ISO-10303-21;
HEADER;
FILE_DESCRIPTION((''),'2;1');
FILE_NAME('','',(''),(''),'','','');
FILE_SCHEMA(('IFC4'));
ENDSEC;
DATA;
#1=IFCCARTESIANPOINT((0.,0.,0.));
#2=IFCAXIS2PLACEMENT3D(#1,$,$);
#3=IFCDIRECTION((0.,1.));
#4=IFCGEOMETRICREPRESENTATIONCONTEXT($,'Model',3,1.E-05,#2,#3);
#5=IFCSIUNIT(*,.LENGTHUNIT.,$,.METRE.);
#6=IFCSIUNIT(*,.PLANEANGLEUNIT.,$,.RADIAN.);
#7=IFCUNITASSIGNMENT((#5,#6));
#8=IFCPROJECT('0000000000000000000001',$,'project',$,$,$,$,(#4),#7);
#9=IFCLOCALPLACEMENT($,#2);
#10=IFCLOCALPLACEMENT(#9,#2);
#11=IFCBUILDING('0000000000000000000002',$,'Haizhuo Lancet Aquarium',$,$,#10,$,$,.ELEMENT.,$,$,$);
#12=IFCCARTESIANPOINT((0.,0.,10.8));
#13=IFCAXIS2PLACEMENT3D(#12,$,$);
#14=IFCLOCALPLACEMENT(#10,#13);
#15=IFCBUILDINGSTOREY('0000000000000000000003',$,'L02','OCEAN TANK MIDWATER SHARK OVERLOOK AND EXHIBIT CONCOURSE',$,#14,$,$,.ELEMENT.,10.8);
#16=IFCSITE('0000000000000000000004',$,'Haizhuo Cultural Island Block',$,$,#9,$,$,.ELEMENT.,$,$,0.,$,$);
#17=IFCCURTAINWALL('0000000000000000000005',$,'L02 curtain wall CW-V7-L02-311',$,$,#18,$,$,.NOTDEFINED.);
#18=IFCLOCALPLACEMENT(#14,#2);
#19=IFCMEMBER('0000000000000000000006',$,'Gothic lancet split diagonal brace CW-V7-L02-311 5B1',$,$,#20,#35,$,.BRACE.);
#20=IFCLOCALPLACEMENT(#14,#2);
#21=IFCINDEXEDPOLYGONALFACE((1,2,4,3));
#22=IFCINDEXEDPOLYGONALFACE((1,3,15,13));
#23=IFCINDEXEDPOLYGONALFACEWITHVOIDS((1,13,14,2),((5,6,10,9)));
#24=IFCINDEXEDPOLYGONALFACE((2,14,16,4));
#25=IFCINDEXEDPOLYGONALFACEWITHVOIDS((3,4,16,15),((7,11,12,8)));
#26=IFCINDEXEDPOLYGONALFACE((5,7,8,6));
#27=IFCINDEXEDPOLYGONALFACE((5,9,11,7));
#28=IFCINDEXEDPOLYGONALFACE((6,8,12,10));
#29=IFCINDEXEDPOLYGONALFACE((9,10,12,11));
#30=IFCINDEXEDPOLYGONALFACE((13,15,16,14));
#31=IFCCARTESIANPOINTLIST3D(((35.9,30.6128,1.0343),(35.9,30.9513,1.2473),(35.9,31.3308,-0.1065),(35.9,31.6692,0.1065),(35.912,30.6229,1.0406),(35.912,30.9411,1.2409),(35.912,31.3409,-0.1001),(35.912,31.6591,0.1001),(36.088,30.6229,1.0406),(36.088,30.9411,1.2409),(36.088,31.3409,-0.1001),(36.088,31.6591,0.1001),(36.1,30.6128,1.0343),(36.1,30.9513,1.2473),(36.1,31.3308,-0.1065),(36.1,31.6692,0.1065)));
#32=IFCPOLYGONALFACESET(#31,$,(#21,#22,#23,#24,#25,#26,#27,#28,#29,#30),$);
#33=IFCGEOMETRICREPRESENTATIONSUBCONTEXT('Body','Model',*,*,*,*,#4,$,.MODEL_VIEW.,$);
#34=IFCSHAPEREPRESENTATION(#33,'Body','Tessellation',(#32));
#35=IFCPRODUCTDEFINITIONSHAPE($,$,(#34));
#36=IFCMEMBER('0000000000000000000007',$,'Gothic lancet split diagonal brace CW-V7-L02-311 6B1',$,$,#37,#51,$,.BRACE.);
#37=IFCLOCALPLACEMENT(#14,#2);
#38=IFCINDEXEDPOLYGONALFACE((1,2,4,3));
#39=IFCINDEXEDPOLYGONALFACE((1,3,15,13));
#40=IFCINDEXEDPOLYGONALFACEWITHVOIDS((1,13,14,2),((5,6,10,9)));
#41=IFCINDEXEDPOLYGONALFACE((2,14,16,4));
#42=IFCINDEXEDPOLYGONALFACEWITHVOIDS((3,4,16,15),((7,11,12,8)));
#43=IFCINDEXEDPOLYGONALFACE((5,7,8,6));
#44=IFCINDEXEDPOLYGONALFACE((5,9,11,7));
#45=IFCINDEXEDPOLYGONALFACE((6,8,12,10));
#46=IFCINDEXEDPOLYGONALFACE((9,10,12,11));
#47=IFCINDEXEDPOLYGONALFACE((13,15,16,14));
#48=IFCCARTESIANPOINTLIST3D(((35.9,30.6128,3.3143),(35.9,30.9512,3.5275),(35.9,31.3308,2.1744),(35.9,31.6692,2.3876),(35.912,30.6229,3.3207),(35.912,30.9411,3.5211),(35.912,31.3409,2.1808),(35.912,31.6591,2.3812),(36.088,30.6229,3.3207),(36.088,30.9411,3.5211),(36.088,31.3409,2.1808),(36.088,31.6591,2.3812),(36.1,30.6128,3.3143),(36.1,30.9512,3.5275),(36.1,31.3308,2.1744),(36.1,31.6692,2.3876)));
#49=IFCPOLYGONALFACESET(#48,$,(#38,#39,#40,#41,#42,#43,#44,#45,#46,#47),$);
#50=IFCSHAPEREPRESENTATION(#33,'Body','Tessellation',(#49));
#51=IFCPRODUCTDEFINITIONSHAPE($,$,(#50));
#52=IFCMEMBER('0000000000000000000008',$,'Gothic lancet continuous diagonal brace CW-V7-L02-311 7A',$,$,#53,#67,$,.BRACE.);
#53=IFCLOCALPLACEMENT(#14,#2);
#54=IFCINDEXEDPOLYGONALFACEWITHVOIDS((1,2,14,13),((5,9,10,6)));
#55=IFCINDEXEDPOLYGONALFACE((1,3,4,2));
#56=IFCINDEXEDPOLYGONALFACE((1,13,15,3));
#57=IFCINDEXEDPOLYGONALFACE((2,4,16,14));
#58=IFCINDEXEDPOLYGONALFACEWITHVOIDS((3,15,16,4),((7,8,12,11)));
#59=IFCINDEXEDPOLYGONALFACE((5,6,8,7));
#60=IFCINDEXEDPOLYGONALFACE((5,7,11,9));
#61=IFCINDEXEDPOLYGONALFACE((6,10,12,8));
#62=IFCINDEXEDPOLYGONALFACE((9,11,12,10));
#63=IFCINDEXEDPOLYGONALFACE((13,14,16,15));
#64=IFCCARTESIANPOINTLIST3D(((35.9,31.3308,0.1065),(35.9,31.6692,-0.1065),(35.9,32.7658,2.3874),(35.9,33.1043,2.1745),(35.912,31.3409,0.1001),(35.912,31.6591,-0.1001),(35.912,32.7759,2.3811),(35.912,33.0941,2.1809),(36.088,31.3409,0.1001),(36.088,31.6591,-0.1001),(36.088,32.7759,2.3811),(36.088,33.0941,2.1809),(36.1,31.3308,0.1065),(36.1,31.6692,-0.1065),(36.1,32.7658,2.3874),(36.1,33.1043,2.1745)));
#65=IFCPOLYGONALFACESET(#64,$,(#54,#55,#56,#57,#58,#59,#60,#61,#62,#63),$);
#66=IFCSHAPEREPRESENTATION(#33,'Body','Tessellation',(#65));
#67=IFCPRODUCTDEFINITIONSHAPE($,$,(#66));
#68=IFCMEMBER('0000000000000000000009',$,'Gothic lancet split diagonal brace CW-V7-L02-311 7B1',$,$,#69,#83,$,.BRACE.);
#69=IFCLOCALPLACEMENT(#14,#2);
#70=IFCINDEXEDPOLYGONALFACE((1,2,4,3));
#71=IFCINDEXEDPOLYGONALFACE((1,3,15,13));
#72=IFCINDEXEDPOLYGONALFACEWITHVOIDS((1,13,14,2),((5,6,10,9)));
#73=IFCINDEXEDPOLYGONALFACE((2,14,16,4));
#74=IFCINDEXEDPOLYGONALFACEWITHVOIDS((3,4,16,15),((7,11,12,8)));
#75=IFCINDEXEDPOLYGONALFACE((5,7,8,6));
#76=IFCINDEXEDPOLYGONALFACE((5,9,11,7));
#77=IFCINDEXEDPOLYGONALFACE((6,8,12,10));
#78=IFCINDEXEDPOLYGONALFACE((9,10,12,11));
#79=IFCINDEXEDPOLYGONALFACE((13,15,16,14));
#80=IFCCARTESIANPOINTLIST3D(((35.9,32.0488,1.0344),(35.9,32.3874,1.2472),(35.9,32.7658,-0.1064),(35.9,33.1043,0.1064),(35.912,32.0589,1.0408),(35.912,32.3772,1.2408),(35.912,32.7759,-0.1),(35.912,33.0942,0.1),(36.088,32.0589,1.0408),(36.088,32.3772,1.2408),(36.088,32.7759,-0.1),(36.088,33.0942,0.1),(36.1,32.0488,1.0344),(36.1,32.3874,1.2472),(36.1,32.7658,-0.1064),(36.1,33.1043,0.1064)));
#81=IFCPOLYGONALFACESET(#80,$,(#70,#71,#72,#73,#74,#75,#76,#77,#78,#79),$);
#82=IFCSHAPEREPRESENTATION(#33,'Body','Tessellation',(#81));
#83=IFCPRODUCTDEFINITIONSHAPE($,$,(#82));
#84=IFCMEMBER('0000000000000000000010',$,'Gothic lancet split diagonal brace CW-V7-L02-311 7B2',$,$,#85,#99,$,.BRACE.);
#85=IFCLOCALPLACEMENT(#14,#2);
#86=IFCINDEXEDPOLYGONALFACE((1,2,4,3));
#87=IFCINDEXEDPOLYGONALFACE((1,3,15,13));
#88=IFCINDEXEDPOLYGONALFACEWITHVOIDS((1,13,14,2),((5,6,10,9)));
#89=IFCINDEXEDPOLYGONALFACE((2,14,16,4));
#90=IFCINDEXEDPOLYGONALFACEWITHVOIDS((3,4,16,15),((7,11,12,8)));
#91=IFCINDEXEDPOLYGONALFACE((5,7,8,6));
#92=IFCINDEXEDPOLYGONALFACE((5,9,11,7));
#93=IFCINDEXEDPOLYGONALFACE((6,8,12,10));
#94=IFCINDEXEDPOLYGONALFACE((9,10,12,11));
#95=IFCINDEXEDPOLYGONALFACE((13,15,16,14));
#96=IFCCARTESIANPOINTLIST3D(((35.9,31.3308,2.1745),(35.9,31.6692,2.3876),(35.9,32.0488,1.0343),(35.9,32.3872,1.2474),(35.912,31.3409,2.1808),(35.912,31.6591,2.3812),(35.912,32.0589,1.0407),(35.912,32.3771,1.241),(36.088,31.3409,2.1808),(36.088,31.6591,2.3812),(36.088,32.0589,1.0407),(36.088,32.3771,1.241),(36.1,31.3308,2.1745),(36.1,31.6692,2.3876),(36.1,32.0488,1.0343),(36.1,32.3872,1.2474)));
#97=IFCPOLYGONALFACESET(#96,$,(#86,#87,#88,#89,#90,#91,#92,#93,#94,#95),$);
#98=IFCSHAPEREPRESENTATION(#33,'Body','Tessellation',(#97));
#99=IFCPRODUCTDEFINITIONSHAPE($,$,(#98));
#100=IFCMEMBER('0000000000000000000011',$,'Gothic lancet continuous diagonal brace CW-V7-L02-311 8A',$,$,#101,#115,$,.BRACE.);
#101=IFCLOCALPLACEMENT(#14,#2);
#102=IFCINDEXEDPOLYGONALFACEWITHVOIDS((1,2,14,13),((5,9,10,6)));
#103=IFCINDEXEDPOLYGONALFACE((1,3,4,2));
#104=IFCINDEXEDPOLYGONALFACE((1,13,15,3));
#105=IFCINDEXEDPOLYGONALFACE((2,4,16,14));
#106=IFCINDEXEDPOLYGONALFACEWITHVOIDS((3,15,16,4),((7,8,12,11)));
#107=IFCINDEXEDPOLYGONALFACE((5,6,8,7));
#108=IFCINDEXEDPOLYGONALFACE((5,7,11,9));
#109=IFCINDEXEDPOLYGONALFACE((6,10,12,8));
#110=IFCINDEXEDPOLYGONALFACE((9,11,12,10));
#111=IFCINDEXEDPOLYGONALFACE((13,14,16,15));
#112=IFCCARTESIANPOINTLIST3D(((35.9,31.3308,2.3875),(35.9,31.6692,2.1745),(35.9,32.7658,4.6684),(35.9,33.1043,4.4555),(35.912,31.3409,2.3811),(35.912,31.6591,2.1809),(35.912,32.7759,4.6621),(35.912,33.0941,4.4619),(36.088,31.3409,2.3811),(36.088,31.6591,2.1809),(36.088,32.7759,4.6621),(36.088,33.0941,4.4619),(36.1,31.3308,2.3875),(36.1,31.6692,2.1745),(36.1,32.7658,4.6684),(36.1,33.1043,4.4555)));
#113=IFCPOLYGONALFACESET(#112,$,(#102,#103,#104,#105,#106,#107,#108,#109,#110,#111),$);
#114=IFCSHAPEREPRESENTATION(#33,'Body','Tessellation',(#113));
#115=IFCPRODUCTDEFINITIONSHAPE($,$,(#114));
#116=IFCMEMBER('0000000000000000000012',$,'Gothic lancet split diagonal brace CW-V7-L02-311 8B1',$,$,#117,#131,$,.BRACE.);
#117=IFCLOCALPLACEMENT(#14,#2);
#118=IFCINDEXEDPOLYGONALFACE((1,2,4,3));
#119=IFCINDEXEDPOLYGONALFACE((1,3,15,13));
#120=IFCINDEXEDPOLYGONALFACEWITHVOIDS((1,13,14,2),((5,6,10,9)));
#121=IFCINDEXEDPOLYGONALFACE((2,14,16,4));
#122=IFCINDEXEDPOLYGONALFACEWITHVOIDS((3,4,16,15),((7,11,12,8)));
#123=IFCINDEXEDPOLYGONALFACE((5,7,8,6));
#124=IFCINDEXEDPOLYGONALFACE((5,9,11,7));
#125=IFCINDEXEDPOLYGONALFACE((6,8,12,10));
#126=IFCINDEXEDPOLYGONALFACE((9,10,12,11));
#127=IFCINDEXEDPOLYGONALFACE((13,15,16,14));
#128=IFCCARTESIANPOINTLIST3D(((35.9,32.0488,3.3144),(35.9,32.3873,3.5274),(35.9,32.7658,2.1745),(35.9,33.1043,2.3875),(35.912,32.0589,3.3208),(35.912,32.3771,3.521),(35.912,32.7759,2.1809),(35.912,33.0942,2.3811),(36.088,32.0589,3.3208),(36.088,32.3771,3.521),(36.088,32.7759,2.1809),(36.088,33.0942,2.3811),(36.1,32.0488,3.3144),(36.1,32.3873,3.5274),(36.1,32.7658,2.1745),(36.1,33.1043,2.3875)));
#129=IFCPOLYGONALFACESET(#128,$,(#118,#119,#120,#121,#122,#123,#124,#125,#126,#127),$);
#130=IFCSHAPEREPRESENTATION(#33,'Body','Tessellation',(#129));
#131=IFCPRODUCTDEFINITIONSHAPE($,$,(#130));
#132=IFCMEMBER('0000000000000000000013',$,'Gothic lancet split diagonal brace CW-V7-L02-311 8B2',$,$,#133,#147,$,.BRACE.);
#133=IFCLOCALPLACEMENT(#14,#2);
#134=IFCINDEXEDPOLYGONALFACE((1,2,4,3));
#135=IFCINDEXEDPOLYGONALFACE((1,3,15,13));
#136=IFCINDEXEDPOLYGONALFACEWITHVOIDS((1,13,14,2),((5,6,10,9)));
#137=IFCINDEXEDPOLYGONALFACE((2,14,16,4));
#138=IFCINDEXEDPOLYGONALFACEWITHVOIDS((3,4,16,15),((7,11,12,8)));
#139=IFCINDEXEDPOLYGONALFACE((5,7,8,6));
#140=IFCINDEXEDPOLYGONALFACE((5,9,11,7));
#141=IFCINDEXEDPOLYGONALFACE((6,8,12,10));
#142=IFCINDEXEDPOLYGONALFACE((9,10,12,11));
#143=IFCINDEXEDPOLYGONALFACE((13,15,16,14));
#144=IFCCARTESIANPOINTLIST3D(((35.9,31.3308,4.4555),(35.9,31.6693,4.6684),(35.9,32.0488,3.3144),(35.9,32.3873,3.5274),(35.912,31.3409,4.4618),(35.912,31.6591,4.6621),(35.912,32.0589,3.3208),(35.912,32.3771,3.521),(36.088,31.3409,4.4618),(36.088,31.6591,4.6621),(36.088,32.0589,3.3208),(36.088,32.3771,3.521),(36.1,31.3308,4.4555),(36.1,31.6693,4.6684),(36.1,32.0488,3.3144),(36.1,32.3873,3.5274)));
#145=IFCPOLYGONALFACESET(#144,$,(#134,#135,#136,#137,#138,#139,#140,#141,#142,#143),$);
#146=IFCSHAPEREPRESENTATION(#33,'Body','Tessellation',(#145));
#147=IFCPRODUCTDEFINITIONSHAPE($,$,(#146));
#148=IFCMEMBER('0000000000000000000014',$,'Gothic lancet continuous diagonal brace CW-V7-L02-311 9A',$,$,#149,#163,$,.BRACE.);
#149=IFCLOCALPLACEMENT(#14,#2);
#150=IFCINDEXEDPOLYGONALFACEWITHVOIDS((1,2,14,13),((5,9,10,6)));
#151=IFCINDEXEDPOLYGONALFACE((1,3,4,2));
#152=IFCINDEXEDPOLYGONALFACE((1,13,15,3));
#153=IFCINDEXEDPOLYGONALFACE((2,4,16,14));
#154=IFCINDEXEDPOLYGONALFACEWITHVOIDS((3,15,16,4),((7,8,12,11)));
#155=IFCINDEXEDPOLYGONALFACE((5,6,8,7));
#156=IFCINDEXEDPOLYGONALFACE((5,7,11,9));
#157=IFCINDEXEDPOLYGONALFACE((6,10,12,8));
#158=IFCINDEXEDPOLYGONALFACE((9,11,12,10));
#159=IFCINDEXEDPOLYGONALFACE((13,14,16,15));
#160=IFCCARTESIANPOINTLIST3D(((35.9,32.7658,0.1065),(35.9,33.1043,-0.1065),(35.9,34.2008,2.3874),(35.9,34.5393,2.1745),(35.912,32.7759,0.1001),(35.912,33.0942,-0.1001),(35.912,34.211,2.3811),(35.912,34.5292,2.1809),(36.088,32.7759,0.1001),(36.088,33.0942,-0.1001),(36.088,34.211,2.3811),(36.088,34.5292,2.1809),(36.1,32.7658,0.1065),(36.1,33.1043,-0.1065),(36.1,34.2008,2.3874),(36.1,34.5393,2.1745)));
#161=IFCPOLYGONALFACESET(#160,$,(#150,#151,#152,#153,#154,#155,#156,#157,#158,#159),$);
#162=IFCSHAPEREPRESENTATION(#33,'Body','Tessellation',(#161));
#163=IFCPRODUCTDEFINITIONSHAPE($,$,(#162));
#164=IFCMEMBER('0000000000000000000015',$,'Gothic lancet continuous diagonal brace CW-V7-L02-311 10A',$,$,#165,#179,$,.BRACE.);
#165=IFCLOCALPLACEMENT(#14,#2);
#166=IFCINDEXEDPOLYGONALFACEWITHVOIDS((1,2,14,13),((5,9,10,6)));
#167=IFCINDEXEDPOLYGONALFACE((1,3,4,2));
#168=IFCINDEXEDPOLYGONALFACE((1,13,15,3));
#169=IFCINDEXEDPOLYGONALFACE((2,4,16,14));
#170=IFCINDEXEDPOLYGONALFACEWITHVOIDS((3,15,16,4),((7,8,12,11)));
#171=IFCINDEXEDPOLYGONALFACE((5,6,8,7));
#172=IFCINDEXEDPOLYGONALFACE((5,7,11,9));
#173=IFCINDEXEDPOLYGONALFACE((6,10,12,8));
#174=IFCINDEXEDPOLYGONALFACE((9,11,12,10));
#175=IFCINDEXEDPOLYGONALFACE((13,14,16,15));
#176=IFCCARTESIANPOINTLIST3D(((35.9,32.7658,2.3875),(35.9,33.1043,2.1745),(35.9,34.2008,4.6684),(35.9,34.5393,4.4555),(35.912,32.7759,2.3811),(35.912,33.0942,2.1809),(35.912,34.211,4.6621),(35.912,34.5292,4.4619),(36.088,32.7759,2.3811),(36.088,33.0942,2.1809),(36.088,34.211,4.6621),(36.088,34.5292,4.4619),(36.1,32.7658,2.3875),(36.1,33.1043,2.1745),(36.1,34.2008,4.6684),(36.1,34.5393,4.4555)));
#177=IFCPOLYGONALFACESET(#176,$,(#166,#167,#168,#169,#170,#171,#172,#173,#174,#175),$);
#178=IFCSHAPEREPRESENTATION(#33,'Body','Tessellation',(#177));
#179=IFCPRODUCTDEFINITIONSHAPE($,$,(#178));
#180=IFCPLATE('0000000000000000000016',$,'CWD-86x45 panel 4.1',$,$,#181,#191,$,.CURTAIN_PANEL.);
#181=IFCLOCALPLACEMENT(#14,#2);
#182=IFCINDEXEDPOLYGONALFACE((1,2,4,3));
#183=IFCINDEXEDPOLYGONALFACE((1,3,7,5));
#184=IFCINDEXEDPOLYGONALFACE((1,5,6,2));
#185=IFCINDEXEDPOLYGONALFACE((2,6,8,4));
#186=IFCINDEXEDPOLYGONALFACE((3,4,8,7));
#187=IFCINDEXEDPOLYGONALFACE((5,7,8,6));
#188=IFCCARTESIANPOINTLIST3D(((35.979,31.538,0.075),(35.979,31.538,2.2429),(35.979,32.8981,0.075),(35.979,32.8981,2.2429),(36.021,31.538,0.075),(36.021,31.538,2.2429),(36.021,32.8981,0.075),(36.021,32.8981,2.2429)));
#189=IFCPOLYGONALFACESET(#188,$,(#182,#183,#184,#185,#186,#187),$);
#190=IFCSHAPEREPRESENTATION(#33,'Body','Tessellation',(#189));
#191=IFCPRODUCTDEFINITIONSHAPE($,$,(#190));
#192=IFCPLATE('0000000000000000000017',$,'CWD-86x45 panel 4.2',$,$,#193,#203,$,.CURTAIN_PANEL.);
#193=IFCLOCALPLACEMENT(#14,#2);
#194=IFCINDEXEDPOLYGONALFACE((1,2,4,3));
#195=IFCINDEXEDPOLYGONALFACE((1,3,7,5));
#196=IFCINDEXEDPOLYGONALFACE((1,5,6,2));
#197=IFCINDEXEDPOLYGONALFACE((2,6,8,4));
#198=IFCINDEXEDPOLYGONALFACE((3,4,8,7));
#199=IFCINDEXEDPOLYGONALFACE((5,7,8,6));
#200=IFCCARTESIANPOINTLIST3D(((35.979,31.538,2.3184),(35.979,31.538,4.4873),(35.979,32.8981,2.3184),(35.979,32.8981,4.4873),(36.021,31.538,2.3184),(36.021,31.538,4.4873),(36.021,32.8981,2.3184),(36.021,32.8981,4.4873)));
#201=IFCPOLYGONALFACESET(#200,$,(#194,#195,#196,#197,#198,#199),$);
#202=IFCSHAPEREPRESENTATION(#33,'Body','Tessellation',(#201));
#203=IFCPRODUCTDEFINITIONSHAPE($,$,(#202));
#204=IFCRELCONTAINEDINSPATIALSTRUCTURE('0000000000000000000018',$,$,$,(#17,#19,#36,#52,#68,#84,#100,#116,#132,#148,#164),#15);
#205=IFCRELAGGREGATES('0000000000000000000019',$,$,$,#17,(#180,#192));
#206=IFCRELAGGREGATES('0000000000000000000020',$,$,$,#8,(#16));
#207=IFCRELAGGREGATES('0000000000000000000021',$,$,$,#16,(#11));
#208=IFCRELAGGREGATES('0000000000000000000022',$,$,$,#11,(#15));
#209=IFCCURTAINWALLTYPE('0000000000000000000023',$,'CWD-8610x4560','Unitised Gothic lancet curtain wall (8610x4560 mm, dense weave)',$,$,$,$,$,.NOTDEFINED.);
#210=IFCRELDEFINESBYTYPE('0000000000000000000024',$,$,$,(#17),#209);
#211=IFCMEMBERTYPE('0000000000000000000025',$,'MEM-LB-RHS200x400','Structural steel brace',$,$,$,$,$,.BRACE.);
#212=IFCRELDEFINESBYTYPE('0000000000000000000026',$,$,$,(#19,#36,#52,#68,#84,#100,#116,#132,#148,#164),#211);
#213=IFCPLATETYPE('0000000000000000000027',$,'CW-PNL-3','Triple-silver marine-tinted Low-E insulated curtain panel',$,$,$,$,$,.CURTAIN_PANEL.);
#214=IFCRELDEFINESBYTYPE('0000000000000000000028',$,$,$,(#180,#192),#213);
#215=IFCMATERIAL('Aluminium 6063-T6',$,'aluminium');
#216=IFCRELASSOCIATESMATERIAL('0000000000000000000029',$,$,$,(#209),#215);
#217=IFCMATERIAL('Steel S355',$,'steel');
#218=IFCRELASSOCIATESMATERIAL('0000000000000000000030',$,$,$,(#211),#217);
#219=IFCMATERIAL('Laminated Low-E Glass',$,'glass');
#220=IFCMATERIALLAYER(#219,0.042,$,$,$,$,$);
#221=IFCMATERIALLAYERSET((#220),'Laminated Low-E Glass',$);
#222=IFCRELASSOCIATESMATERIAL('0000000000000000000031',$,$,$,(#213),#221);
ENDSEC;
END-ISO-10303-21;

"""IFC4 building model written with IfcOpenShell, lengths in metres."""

from ifc_helpers import new_model, si_unit, direction, frame, origin, origin_2d, place, context, subcontext, project, spatial, rectangle, hollow_rectangle, extrude, material, layer, layer_set, material_profile, profile_set, type_object, element, aggregate, save


model = new_model("IFC4")

# Units and contexts
model_context = context("Model", 3, precision=1e-05, world=origin(), true_north=direction((0.0, 1.0)))
body_context = subcontext(model_context, "Body", "Model", "MODEL_VIEW")
ifc_project = project(units=[si_unit("LENGTHUNIT", "METRE"), si_unit("PLANEANGLEUNIT", "RADIAN")], contexts=[model_context])

# Site, building, storey
site_placement = place(None, origin())
site = spatial("IfcSite", under=ifc_project, at=site_placement, Name="Haizhuo Cultural Island Block", CompositionType="ELEMENT", RefElevation=0.0)
building_placement = place(site_placement, origin())
building = spatial("IfcBuilding", under=site, at=building_placement, Name="Haizhuo Lancet Aquarium", CompositionType="ELEMENT")
storey_placement = place(building_placement, frame((0.0, 0.0, 10.8)))
storey = spatial("IfcBuildingStorey", under=building, at=storey_placement, Name="L02", Description="OCEAN TANK MIDWATER SHARK OVERLOOK AND EXHIBIT CONCOURSE", CompositionType="ELEMENT", Elevation=10.8)

# Curtain wall
ifc_material_1 = material(Name="Aluminium 6063-T6", Category="aluminium")
curtain_wall_type = type_object("IfcCurtainWallType", Name="CWD-8610x4560", Description="Unitised Gothic lancet curtain wall (8610x4560 mm, dense weave)", PredefinedType="NOTDEFINED", material=ifc_material_1)
curtain_wall_placement = place(storey_placement, origin())
curtain_wall = element("IfcCurtainWall", 1, at=curtain_wall_placement, inside=storey, type_object=curtain_wall_type, Name="L02 curtain wall CW-V7-L02-311", PredefinedType="NOTDEFINED")

# Shared definitions
ifc_material_2 = material(Name="Steel S355", Category="steel")

# Members
ifc_material_profile_1 = material_profile(ifc_material_2, hollow_rectangle(XDim=0.2, YDim=0.3999, WallThickness=0.012, at=origin_2d()), Name="RHS 200x400x12")
ifc_profile_set_1 = profile_set([ifc_material_profile_1], Name="Steel S355")
member_type_1 = type_object("IfcMemberType", Name="MEM-LB-RHS200x400", Description="Structural steel brace", PredefinedType="BRACE", material=ifc_profile_set_1)
member_1_placement = place(storey_placement, frame((36.0, 31.5, 0.0), z_axis=(0.0, -0.53265, 0.846336), x_axis=(1.0, 0.0, 0.0)))
element("IfcMember", 2, at=member_1_placement, inside=storey, type_object=member_type_1, Name="Gothic lancet split diagonal brace CW-V7-L02-311 5B1", PredefinedType="BRACE", context=body_context, shape_type="SweptSolid", body=[
    extrude(hollow_rectangle(XDim=0.2, YDim=0.3999, WallThickness=0.012, at=origin_2d()), origin(), (0.0, 0.0, 1.0), 1.3479),
])
member_2_placement = place(storey_placement, frame((36.0, 31.5, 2.281), z_axis=(0.0, -0.532977, 0.84613), x_axis=(1.0, 0.0, 0.0)))
element("IfcMember", 3, at=member_2_placement, inside=storey, type_object=member_type_1, Name="Gothic lancet split diagonal brace CW-V7-L02-311 6B1", PredefinedType="BRACE", context=body_context, shape_type="SweptSolid", body=[
    extrude(hollow_rectangle(XDim=0.2, YDim=0.3999, WallThickness=0.012, at=origin_2d()), origin(), (0.0, 0.0, 1.0), 1.3472),
])
member_3_placement = place(storey_placement, frame((36.0, 31.5, 0.0), z_axis=(0.0, 0.532513, 0.846422), x_axis=(-1.0, 0.0, 0.0)))
element("IfcMember", 4, at=member_3_placement, inside=storey, type_object=member_type_1, Name="Gothic lancet continuous diagonal brace CW-V7-L02-311 7A", PredefinedType="BRACE", context=body_context, shape_type="SweptSolid", body=[
    extrude(hollow_rectangle(XDim=0.2, YDim=0.3999, WallThickness=0.012, at=origin_2d()), origin(), (0.0, 0.0, 1.0), 2.6948),
])
for number, where, z_axis, x_axis, name in (
    (5, (36.0, 32.9351, 0.0), (0.0, -0.532131, 0.846662), (1.0, 0.0, 0.0), "Gothic lancet split diagonal brace CW-V7-L02-311 7B1"),
    (6, (36.0, 32.218, 1.1409), (0.0, -0.532895, 0.846181), (1.0, 0.0, 0.0), "Gothic lancet split diagonal brace CW-V7-L02-311 7B2"),
):
    element("IfcMember", number, at=place(storey_placement, frame(where, z_axis=z_axis, x_axis=x_axis)), inside=storey, type_object=member_type_1, Name=name, PredefinedType="BRACE", context=body_context, shape_type="SweptSolid", body=[
        extrude(hollow_rectangle(XDim=0.2, YDim=0.3999, WallThickness=0.012, at=origin_2d()), origin(), (0.0, 0.0, 1.0), 1.3474),
    ])
member_4_placement = place(storey_placement, frame((36.0, 31.5, 2.281), z_axis=(0.0, 0.532513, 0.846422), x_axis=(-1.0, 0.0, 0.0)))
element("IfcMember", 7, at=member_4_placement, inside=storey, type_object=member_type_1, Name="Gothic lancet continuous diagonal brace CW-V7-L02-311 8A", PredefinedType="BRACE", context=body_context, shape_type="SweptSolid", body=[
    extrude(hollow_rectangle(XDim=0.2, YDim=0.3999, WallThickness=0.012, at=origin_2d()), origin(), (0.0, 0.0, 1.0), 2.6948),
])
member_5_placement = place(storey_placement, frame((36.0, 32.9351, 2.281), z_axis=(0.0, -0.532457, 0.846457), x_axis=(1.0, 0.0, 0.0)))
element("IfcMember", 8, at=member_5_placement, inside=storey, type_object=member_type_1, Name="Gothic lancet split diagonal brace CW-V7-L02-311 8B1", PredefinedType="BRACE", context=body_context, shape_type="SweptSolid", body=[
    extrude(hollow_rectangle(XDim=0.2, YDim=0.3999, WallThickness=0.012, at=origin_2d()), origin(), (0.0, 0.0, 1.0), 1.3467),
])
member_6_placement = place(storey_placement, frame((36.0, 32.218, 3.4209), z_axis=(0.0, -0.532568, 0.846387), x_axis=(1.0, 0.0, 0.0)))
element("IfcMember", 9, at=member_6_placement, inside=storey, type_object=member_type_1, Name="Gothic lancet split diagonal brace CW-V7-L02-311 8B2", PredefinedType="BRACE", context=body_context, shape_type="SweptSolid", body=[
    extrude(hollow_rectangle(XDim=0.2, YDim=0.3999, WallThickness=0.012, at=origin_2d()), origin(), (0.0, 0.0, 1.0), 1.3481),
])
for number, where, z_axis, x_axis, name in (
    (10, (36.0, 32.9351, 0.0), (0.0, 0.532513, 0.846422), (-1.0, 0.0, 0.0), "Gothic lancet continuous diagonal brace CW-V7-L02-311 9A"),
    (11, (36.0, 32.9351, 2.281), (0.0, 0.532513, 0.846422), (-1.0, 0.0, 0.0), "Gothic lancet continuous diagonal brace CW-V7-L02-311 10A"),
):
    element("IfcMember", number, at=place(storey_placement, frame(where, z_axis=z_axis, x_axis=x_axis)), inside=storey, type_object=member_type_1, Name=name, PredefinedType="BRACE", context=body_context, shape_type="SweptSolid", body=[
        extrude(hollow_rectangle(XDim=0.2, YDim=0.3999, WallThickness=0.012, at=origin_2d()), origin(), (0.0, 0.0, 1.0), 2.6948),
    ])

# Plates
ifc_material_3 = material(Name="Laminated Low-E Glass", Category="glass")
ifc_layer = layer(ifc_material_3, 0.042)
ifc_layer_set = layer_set([ifc_layer], Name="Laminated Low-E Glass")
plate_type = type_object("IfcPlateType", Name="CW-PNL-3", Description="Triple-silver marine-tinted Low-E insulated curtain panel", PredefinedType="CURTAIN_PANEL", material=ifc_layer_set)
plate_1_placement = place(storey_placement, frame((36.0, 32.218, 0.075), z_axis=(0.0, 0.0, 1.0), x_axis=(0.0, 1.0, 0.0)))
plate_1 = element("IfcPlate", 12, at=plate_1_placement, type_object=plate_type, Name="CWD-86x45 panel 4.1", PredefinedType="CURTAIN_PANEL", context=body_context, shape_type="SweptSolid", body=[
    extrude(rectangle(XDim=1.3601, YDim=0.042, at=origin_2d()), origin(), (0.0, 0.0, 1.0), 2.168),
])
plate_2_placement = place(storey_placement, frame((36.0, 32.218, 2.3184), z_axis=(0.0, 0.0, 1.0), x_axis=(0.0, 1.0, 0.0)))
plate_2 = element("IfcPlate", 13, at=plate_2_placement, type_object=plate_type, Name="CWD-86x45 panel 4.2", PredefinedType="CURTAIN_PANEL", context=body_context, shape_type="SweptSolid", body=[
    extrude(rectangle(XDim=1.3601, YDim=0.042, at=origin_2d()), origin(), (0.0, 0.0, 1.0), 2.1689),
])
aggregate(curtain_wall, [plate_1, plate_2])

save(model, "model.ifc")
